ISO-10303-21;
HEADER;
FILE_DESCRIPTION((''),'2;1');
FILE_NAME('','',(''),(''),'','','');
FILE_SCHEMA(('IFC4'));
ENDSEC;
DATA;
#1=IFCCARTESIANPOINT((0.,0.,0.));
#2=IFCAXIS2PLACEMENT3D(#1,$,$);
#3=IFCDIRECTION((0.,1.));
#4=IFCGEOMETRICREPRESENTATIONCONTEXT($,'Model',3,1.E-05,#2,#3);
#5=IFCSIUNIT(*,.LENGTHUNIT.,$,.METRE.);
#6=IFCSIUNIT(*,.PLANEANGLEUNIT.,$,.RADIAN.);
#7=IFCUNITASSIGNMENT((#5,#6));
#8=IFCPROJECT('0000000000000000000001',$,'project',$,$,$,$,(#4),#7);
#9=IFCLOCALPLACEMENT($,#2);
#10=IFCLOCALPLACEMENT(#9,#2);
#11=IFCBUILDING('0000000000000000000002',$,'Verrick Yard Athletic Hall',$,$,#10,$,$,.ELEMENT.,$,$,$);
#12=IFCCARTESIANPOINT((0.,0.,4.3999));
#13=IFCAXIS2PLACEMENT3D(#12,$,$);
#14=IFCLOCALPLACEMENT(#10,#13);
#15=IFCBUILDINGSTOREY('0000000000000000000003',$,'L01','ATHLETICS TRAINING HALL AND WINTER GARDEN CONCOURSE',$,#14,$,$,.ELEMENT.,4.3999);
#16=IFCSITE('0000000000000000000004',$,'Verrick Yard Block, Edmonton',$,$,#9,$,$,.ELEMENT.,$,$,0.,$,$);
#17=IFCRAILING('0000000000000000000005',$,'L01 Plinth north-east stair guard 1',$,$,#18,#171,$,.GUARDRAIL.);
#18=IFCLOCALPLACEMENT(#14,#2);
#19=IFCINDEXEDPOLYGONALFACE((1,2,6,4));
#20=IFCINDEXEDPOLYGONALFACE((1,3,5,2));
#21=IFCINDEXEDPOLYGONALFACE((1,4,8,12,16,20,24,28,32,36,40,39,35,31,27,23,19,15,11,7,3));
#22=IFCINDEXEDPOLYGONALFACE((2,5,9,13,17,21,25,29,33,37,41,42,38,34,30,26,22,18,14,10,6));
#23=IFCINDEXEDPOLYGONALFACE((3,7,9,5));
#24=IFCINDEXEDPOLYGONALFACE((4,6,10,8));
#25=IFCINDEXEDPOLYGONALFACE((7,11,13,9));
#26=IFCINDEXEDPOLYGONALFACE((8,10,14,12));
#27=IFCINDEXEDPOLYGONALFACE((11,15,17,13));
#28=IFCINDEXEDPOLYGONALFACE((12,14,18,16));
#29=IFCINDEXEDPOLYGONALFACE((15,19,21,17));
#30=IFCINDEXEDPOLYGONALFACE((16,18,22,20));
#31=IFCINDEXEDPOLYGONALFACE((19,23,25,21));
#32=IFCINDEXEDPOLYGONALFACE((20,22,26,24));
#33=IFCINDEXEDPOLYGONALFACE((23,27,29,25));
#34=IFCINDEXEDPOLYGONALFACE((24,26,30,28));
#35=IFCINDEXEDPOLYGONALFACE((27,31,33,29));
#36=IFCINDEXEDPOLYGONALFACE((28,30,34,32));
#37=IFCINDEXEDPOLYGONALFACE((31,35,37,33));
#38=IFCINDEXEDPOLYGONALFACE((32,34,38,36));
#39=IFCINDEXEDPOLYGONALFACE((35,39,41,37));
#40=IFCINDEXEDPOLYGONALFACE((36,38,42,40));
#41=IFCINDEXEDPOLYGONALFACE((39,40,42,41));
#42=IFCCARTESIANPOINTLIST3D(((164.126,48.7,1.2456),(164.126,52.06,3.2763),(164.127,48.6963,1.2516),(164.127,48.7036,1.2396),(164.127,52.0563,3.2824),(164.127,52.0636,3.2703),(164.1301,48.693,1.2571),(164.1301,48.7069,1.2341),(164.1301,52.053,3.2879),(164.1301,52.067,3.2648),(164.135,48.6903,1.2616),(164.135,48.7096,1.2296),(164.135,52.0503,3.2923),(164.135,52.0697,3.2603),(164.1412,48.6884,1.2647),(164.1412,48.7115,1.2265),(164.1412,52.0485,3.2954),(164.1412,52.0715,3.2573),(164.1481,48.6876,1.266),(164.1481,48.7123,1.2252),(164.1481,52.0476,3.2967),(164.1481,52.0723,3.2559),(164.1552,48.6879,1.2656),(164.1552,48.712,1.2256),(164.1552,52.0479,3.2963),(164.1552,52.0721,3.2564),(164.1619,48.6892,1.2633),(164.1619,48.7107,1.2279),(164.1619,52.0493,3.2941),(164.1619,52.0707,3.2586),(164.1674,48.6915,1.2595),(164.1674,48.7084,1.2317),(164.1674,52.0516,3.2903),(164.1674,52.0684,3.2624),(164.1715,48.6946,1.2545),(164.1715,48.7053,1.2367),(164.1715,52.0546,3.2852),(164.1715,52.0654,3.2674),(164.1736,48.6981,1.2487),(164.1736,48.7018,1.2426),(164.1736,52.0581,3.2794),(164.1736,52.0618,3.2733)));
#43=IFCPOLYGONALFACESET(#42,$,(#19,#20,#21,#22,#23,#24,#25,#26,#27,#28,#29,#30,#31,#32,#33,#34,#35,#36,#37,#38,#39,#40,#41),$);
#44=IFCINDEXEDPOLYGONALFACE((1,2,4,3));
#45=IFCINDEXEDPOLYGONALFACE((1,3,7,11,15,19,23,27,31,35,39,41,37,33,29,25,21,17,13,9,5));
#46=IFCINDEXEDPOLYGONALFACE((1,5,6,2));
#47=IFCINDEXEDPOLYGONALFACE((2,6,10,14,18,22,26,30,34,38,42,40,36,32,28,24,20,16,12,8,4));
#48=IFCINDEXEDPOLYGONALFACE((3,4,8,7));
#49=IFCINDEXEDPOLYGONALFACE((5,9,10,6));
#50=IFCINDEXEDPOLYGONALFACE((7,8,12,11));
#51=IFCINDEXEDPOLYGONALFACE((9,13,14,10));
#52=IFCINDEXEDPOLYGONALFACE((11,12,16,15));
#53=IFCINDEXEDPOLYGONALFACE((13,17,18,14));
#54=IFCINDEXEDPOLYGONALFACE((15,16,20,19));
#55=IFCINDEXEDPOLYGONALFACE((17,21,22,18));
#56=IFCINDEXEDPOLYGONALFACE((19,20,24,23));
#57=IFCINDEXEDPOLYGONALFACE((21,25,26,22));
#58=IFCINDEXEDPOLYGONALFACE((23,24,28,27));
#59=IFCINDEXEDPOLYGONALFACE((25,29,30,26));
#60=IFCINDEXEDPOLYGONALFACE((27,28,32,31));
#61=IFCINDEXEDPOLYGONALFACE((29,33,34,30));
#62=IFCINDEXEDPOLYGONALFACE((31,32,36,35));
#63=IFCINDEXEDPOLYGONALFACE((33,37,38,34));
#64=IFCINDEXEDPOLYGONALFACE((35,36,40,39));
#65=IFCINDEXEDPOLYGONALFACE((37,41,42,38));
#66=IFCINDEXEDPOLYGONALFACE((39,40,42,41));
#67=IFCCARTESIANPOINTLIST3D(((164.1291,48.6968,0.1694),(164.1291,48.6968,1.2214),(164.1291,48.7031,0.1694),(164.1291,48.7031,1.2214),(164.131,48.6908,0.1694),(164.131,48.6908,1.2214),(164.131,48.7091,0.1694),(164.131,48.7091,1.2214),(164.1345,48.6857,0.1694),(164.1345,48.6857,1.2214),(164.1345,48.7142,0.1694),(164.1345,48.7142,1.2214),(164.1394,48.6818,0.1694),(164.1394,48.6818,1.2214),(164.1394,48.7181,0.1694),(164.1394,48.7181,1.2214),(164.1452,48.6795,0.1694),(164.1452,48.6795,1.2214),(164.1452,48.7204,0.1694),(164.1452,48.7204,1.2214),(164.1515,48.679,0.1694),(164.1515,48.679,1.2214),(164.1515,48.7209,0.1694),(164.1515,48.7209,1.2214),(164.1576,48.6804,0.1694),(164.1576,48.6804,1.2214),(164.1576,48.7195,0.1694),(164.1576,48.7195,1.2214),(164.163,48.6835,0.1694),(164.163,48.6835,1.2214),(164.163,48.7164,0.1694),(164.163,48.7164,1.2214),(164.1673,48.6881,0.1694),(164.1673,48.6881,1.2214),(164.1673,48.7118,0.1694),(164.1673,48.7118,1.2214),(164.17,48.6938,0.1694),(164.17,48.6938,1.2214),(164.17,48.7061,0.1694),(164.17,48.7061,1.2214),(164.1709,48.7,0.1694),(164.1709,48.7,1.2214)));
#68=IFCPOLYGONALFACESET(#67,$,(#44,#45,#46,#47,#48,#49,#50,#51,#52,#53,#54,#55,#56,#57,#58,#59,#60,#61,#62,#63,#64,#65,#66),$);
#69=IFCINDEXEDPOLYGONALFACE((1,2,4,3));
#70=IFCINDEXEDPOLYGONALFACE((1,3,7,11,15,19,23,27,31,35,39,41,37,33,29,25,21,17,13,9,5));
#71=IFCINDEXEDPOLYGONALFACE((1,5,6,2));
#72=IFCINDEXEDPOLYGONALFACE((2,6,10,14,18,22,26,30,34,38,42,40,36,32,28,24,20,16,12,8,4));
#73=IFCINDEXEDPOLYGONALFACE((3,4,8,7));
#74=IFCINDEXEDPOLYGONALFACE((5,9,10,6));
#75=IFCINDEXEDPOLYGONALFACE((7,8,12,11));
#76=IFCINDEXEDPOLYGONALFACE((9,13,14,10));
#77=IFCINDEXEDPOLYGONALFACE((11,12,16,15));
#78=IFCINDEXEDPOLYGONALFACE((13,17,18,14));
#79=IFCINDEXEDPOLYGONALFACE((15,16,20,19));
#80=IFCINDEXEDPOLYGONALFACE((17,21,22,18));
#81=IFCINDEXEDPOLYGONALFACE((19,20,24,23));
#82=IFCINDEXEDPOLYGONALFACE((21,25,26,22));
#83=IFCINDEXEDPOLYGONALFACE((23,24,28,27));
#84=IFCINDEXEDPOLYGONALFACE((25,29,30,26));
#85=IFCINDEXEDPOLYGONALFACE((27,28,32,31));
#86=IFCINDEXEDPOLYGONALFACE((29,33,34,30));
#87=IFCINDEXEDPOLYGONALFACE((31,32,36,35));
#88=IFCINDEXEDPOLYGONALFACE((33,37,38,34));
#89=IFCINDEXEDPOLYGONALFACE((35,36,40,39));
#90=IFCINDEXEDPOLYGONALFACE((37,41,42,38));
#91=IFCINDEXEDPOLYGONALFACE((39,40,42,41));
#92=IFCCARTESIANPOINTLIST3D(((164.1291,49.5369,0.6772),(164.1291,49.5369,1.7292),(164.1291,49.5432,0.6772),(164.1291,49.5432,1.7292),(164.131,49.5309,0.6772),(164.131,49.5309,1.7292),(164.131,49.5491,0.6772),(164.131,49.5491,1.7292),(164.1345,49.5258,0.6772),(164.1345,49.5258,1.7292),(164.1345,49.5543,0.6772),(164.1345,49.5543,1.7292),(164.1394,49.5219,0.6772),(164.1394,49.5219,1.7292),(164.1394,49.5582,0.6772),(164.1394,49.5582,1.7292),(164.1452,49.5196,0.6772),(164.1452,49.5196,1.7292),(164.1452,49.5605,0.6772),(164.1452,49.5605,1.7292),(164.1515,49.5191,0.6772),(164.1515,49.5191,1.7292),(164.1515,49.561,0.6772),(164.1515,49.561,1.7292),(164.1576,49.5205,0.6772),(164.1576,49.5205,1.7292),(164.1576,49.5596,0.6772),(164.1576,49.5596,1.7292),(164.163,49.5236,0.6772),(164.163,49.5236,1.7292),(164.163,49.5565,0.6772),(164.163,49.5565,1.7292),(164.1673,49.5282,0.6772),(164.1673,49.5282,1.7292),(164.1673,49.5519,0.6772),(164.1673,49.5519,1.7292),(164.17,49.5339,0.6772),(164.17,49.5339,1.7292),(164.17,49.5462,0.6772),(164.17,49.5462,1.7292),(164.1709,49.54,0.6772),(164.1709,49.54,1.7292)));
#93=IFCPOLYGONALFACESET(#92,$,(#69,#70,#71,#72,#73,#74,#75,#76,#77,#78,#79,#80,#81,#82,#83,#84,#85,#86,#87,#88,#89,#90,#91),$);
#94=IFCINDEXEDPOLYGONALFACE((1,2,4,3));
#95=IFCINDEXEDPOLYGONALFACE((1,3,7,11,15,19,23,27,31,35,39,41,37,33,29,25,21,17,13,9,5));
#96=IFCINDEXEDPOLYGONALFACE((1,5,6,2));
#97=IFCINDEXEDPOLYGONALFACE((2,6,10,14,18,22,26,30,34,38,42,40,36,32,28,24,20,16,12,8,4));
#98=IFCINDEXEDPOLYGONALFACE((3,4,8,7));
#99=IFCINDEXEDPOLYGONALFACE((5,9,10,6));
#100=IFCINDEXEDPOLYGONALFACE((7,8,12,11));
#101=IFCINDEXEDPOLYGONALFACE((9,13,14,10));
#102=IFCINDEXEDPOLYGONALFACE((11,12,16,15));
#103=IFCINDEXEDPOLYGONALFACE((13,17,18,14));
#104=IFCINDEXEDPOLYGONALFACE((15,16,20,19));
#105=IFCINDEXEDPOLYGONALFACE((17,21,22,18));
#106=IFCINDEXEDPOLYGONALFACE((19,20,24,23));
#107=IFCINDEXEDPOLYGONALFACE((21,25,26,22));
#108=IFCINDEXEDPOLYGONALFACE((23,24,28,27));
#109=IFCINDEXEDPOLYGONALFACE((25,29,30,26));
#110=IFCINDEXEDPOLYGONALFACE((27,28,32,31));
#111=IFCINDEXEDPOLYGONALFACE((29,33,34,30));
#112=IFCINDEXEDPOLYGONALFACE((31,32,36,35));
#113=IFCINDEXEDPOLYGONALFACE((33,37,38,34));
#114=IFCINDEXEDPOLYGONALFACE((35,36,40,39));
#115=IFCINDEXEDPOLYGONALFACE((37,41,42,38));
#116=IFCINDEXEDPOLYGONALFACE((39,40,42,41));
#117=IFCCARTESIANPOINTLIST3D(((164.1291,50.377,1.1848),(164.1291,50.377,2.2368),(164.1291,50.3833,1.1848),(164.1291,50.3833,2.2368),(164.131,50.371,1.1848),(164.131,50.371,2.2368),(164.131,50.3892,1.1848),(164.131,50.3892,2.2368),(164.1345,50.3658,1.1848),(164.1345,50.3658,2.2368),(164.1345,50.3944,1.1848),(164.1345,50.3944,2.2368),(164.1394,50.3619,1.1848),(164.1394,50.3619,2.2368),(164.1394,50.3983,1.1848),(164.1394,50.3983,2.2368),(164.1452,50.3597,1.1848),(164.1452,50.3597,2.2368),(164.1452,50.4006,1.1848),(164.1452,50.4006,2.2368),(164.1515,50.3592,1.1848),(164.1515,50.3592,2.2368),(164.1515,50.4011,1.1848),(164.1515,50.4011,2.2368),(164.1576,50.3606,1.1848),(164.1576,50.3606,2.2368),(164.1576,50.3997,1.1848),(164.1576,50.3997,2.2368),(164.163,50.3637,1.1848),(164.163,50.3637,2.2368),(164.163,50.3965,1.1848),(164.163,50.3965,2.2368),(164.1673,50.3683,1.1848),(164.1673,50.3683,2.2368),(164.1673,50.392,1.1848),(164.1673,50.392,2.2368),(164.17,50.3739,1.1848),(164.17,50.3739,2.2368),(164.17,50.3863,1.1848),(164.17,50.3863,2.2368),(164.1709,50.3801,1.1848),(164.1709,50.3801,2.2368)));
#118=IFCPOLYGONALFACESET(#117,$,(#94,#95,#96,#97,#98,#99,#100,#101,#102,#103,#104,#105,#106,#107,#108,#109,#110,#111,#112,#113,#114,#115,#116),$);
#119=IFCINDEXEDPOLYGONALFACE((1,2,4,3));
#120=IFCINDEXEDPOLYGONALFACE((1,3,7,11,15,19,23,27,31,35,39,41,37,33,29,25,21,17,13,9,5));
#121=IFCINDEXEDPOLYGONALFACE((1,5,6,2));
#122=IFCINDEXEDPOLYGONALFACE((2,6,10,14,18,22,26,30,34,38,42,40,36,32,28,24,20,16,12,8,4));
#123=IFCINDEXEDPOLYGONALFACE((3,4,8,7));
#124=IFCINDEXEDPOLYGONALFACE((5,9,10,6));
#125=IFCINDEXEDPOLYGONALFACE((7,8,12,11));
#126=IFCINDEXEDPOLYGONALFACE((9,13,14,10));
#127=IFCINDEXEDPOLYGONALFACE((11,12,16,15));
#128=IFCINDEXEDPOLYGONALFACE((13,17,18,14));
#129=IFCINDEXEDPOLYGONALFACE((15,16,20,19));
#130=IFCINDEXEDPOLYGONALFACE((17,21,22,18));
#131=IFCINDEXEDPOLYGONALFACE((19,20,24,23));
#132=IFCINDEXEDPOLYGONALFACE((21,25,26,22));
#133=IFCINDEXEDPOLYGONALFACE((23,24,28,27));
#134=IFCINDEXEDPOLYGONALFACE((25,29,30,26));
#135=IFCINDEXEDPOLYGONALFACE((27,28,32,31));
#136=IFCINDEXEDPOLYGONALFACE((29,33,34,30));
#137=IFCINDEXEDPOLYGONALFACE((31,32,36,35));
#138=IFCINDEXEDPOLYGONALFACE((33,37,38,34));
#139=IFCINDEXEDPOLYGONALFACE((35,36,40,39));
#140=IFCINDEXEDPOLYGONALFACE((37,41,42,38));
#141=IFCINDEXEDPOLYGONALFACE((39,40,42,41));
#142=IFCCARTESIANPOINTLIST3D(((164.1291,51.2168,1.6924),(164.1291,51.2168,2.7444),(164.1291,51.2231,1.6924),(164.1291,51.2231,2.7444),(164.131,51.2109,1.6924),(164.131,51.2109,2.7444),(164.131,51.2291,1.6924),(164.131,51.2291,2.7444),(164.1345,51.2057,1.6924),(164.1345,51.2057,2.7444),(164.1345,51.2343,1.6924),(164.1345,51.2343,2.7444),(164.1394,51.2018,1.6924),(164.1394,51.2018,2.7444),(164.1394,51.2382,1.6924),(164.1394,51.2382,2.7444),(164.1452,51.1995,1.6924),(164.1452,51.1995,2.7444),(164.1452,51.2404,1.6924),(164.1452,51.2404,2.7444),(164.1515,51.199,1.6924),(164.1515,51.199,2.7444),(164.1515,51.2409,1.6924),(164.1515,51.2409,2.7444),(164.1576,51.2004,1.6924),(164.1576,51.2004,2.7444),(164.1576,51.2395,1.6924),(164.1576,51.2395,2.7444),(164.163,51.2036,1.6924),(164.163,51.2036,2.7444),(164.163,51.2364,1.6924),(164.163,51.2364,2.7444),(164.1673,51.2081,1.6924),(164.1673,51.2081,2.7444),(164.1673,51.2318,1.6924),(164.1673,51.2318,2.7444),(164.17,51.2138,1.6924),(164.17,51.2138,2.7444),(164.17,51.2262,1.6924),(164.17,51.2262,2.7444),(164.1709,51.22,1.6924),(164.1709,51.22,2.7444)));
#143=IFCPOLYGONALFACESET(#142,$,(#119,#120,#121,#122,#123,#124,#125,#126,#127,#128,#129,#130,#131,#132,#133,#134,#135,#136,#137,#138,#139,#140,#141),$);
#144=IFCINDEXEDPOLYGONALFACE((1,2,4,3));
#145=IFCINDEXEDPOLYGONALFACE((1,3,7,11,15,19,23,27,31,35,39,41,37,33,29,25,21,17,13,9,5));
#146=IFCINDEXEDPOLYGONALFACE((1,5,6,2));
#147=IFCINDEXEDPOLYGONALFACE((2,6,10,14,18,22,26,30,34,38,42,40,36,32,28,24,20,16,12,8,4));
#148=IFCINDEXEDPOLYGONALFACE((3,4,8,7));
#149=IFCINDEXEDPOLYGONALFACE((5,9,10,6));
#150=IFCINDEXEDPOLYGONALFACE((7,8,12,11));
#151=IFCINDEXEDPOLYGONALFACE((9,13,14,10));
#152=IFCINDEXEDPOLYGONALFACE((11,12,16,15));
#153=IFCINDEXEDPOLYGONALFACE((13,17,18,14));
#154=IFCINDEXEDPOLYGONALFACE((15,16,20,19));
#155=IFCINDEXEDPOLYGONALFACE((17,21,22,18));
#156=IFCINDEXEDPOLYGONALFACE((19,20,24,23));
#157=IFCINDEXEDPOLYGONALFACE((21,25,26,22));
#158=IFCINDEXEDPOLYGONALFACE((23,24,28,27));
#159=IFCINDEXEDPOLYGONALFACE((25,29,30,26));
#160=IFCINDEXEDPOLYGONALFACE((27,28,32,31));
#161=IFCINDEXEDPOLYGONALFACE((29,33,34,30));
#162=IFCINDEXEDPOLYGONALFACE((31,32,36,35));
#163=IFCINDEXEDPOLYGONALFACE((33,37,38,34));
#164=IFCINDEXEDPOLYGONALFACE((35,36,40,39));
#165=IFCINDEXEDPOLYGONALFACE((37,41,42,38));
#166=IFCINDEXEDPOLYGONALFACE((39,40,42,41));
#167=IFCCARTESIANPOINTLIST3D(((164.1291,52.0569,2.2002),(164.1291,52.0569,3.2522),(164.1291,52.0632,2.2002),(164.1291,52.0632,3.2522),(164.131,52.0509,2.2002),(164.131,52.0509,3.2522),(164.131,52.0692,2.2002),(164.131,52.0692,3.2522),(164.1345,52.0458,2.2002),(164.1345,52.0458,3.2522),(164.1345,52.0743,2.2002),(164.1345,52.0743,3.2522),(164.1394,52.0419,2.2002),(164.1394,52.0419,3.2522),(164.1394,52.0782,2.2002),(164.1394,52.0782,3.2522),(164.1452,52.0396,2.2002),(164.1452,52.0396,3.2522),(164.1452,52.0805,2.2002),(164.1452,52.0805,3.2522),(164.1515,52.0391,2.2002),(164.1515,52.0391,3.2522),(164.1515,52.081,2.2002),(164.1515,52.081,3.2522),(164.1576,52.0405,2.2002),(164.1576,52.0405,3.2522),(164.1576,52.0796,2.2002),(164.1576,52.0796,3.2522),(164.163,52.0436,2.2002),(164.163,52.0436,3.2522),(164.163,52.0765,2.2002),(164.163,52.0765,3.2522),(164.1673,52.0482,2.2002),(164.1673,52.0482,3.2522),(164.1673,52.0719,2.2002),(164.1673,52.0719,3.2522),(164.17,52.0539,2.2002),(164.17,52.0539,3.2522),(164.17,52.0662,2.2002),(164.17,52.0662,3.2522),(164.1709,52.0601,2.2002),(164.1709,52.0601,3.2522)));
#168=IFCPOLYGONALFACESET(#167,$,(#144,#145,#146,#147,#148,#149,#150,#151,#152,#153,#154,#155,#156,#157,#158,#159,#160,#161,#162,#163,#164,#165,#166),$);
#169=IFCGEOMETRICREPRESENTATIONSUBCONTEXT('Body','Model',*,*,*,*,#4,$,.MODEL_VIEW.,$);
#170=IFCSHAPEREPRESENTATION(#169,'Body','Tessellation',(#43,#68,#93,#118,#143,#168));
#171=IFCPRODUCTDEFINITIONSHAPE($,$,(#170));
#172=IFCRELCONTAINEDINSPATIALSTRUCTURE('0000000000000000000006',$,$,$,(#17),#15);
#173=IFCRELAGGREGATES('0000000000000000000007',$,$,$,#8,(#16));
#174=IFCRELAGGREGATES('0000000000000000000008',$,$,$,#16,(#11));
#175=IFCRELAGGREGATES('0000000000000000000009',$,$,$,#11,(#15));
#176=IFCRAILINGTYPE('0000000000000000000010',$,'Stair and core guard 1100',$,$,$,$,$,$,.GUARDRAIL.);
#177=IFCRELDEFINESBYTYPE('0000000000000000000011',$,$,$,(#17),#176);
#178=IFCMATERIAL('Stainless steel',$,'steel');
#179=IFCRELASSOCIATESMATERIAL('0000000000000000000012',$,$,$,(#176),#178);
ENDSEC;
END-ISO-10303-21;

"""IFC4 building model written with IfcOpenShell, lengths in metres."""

from ifc_helpers import new_model, si_unit, direction, frame, origin, origin_2d, place, context, subcontext, project, spatial, circle, extrude, material, type_object, element, save


model = new_model("IFC4")

# Units and contexts
model_context = context("Model", 3, precision=1e-05, world=origin(), true_north=direction((0.0, 1.0)))
body_context = subcontext(model_context, "Body", "Model", "MODEL_VIEW")
ifc_project = project(units=[si_unit("LENGTHUNIT", "METRE"), si_unit("PLANEANGLEUNIT", "RADIAN")], contexts=[model_context])

# Site, building, storey
site_placement = place(None, origin())
site = spatial("IfcSite", under=ifc_project, at=site_placement, Name="Verrick Yard Block, Edmonton", CompositionType="ELEMENT", RefElevation=0.0)
building_placement = place(site_placement, origin())
building = spatial("IfcBuilding", under=site, at=building_placement, Name="Verrick Yard Athletic Hall", CompositionType="ELEMENT")
storey_placement = place(building_placement, frame((0.0, 0.0, 4.3999)))
storey = spatial("IfcBuildingStorey", under=building, at=storey_placement, Name="L01", Description="ATHLETICS TRAINING HALL AND WINTER GARDEN CONCOURSE", CompositionType="ELEMENT", Elevation=4.3999)

# Railing
ifc_material_1 = material(Name="Stainless steel", Category="steel")
railing_type_1 = type_object("IfcRailingType", Name="Stair and core guard 1100", PredefinedType="GUARDRAIL", material=ifc_material_1)
railing_1_placement = place(storey_placement, frame((164.1499, 48.7, 0.1694)))
element("IfcRailing", 1, at=railing_1_placement, inside=storey, type_object=railing_type_1, Name="L01 Plinth north-east stair guard 1", PredefinedType="GUARDRAIL", context=body_context, shape_type="SweptSolid", body=[
    extrude(circle(Radius=0.0239, at=origin_2d()), frame((0.0, 0.0, 1.0762), z_axis=(0.0, 0.855837, 0.517246), x_axis=(-1.0, 0.0, 0.0)), (0.0, 0.0, 1.0), 3.926),
    extrude(circle(Radius=0.021, at=origin_2d()), origin(), (0.0, 0.0, 1.0), 1.052),
    extrude(circle(Radius=0.021, at=origin_2d()), frame((0.0, 0.8401, 0.5078)), (0.0, 0.0, 1.0), 1.052),
    extrude(circle(Radius=0.021, at=origin_2d()), frame((0.0, 1.6802, 1.0154)), (0.0, 0.0, 1.0), 1.052),
    extrude(circle(Radius=0.021, at=origin_2d()), frame((0.0, 2.52, 1.5229)), (0.0, 0.0, 1.0), 1.052),
    extrude(circle(Radius=0.021, at=origin_2d()), frame((0.0, 3.3601, 2.0308)), (0.0, 0.0, 1.0), 1.052),
])

save(model, "model.ifc")
